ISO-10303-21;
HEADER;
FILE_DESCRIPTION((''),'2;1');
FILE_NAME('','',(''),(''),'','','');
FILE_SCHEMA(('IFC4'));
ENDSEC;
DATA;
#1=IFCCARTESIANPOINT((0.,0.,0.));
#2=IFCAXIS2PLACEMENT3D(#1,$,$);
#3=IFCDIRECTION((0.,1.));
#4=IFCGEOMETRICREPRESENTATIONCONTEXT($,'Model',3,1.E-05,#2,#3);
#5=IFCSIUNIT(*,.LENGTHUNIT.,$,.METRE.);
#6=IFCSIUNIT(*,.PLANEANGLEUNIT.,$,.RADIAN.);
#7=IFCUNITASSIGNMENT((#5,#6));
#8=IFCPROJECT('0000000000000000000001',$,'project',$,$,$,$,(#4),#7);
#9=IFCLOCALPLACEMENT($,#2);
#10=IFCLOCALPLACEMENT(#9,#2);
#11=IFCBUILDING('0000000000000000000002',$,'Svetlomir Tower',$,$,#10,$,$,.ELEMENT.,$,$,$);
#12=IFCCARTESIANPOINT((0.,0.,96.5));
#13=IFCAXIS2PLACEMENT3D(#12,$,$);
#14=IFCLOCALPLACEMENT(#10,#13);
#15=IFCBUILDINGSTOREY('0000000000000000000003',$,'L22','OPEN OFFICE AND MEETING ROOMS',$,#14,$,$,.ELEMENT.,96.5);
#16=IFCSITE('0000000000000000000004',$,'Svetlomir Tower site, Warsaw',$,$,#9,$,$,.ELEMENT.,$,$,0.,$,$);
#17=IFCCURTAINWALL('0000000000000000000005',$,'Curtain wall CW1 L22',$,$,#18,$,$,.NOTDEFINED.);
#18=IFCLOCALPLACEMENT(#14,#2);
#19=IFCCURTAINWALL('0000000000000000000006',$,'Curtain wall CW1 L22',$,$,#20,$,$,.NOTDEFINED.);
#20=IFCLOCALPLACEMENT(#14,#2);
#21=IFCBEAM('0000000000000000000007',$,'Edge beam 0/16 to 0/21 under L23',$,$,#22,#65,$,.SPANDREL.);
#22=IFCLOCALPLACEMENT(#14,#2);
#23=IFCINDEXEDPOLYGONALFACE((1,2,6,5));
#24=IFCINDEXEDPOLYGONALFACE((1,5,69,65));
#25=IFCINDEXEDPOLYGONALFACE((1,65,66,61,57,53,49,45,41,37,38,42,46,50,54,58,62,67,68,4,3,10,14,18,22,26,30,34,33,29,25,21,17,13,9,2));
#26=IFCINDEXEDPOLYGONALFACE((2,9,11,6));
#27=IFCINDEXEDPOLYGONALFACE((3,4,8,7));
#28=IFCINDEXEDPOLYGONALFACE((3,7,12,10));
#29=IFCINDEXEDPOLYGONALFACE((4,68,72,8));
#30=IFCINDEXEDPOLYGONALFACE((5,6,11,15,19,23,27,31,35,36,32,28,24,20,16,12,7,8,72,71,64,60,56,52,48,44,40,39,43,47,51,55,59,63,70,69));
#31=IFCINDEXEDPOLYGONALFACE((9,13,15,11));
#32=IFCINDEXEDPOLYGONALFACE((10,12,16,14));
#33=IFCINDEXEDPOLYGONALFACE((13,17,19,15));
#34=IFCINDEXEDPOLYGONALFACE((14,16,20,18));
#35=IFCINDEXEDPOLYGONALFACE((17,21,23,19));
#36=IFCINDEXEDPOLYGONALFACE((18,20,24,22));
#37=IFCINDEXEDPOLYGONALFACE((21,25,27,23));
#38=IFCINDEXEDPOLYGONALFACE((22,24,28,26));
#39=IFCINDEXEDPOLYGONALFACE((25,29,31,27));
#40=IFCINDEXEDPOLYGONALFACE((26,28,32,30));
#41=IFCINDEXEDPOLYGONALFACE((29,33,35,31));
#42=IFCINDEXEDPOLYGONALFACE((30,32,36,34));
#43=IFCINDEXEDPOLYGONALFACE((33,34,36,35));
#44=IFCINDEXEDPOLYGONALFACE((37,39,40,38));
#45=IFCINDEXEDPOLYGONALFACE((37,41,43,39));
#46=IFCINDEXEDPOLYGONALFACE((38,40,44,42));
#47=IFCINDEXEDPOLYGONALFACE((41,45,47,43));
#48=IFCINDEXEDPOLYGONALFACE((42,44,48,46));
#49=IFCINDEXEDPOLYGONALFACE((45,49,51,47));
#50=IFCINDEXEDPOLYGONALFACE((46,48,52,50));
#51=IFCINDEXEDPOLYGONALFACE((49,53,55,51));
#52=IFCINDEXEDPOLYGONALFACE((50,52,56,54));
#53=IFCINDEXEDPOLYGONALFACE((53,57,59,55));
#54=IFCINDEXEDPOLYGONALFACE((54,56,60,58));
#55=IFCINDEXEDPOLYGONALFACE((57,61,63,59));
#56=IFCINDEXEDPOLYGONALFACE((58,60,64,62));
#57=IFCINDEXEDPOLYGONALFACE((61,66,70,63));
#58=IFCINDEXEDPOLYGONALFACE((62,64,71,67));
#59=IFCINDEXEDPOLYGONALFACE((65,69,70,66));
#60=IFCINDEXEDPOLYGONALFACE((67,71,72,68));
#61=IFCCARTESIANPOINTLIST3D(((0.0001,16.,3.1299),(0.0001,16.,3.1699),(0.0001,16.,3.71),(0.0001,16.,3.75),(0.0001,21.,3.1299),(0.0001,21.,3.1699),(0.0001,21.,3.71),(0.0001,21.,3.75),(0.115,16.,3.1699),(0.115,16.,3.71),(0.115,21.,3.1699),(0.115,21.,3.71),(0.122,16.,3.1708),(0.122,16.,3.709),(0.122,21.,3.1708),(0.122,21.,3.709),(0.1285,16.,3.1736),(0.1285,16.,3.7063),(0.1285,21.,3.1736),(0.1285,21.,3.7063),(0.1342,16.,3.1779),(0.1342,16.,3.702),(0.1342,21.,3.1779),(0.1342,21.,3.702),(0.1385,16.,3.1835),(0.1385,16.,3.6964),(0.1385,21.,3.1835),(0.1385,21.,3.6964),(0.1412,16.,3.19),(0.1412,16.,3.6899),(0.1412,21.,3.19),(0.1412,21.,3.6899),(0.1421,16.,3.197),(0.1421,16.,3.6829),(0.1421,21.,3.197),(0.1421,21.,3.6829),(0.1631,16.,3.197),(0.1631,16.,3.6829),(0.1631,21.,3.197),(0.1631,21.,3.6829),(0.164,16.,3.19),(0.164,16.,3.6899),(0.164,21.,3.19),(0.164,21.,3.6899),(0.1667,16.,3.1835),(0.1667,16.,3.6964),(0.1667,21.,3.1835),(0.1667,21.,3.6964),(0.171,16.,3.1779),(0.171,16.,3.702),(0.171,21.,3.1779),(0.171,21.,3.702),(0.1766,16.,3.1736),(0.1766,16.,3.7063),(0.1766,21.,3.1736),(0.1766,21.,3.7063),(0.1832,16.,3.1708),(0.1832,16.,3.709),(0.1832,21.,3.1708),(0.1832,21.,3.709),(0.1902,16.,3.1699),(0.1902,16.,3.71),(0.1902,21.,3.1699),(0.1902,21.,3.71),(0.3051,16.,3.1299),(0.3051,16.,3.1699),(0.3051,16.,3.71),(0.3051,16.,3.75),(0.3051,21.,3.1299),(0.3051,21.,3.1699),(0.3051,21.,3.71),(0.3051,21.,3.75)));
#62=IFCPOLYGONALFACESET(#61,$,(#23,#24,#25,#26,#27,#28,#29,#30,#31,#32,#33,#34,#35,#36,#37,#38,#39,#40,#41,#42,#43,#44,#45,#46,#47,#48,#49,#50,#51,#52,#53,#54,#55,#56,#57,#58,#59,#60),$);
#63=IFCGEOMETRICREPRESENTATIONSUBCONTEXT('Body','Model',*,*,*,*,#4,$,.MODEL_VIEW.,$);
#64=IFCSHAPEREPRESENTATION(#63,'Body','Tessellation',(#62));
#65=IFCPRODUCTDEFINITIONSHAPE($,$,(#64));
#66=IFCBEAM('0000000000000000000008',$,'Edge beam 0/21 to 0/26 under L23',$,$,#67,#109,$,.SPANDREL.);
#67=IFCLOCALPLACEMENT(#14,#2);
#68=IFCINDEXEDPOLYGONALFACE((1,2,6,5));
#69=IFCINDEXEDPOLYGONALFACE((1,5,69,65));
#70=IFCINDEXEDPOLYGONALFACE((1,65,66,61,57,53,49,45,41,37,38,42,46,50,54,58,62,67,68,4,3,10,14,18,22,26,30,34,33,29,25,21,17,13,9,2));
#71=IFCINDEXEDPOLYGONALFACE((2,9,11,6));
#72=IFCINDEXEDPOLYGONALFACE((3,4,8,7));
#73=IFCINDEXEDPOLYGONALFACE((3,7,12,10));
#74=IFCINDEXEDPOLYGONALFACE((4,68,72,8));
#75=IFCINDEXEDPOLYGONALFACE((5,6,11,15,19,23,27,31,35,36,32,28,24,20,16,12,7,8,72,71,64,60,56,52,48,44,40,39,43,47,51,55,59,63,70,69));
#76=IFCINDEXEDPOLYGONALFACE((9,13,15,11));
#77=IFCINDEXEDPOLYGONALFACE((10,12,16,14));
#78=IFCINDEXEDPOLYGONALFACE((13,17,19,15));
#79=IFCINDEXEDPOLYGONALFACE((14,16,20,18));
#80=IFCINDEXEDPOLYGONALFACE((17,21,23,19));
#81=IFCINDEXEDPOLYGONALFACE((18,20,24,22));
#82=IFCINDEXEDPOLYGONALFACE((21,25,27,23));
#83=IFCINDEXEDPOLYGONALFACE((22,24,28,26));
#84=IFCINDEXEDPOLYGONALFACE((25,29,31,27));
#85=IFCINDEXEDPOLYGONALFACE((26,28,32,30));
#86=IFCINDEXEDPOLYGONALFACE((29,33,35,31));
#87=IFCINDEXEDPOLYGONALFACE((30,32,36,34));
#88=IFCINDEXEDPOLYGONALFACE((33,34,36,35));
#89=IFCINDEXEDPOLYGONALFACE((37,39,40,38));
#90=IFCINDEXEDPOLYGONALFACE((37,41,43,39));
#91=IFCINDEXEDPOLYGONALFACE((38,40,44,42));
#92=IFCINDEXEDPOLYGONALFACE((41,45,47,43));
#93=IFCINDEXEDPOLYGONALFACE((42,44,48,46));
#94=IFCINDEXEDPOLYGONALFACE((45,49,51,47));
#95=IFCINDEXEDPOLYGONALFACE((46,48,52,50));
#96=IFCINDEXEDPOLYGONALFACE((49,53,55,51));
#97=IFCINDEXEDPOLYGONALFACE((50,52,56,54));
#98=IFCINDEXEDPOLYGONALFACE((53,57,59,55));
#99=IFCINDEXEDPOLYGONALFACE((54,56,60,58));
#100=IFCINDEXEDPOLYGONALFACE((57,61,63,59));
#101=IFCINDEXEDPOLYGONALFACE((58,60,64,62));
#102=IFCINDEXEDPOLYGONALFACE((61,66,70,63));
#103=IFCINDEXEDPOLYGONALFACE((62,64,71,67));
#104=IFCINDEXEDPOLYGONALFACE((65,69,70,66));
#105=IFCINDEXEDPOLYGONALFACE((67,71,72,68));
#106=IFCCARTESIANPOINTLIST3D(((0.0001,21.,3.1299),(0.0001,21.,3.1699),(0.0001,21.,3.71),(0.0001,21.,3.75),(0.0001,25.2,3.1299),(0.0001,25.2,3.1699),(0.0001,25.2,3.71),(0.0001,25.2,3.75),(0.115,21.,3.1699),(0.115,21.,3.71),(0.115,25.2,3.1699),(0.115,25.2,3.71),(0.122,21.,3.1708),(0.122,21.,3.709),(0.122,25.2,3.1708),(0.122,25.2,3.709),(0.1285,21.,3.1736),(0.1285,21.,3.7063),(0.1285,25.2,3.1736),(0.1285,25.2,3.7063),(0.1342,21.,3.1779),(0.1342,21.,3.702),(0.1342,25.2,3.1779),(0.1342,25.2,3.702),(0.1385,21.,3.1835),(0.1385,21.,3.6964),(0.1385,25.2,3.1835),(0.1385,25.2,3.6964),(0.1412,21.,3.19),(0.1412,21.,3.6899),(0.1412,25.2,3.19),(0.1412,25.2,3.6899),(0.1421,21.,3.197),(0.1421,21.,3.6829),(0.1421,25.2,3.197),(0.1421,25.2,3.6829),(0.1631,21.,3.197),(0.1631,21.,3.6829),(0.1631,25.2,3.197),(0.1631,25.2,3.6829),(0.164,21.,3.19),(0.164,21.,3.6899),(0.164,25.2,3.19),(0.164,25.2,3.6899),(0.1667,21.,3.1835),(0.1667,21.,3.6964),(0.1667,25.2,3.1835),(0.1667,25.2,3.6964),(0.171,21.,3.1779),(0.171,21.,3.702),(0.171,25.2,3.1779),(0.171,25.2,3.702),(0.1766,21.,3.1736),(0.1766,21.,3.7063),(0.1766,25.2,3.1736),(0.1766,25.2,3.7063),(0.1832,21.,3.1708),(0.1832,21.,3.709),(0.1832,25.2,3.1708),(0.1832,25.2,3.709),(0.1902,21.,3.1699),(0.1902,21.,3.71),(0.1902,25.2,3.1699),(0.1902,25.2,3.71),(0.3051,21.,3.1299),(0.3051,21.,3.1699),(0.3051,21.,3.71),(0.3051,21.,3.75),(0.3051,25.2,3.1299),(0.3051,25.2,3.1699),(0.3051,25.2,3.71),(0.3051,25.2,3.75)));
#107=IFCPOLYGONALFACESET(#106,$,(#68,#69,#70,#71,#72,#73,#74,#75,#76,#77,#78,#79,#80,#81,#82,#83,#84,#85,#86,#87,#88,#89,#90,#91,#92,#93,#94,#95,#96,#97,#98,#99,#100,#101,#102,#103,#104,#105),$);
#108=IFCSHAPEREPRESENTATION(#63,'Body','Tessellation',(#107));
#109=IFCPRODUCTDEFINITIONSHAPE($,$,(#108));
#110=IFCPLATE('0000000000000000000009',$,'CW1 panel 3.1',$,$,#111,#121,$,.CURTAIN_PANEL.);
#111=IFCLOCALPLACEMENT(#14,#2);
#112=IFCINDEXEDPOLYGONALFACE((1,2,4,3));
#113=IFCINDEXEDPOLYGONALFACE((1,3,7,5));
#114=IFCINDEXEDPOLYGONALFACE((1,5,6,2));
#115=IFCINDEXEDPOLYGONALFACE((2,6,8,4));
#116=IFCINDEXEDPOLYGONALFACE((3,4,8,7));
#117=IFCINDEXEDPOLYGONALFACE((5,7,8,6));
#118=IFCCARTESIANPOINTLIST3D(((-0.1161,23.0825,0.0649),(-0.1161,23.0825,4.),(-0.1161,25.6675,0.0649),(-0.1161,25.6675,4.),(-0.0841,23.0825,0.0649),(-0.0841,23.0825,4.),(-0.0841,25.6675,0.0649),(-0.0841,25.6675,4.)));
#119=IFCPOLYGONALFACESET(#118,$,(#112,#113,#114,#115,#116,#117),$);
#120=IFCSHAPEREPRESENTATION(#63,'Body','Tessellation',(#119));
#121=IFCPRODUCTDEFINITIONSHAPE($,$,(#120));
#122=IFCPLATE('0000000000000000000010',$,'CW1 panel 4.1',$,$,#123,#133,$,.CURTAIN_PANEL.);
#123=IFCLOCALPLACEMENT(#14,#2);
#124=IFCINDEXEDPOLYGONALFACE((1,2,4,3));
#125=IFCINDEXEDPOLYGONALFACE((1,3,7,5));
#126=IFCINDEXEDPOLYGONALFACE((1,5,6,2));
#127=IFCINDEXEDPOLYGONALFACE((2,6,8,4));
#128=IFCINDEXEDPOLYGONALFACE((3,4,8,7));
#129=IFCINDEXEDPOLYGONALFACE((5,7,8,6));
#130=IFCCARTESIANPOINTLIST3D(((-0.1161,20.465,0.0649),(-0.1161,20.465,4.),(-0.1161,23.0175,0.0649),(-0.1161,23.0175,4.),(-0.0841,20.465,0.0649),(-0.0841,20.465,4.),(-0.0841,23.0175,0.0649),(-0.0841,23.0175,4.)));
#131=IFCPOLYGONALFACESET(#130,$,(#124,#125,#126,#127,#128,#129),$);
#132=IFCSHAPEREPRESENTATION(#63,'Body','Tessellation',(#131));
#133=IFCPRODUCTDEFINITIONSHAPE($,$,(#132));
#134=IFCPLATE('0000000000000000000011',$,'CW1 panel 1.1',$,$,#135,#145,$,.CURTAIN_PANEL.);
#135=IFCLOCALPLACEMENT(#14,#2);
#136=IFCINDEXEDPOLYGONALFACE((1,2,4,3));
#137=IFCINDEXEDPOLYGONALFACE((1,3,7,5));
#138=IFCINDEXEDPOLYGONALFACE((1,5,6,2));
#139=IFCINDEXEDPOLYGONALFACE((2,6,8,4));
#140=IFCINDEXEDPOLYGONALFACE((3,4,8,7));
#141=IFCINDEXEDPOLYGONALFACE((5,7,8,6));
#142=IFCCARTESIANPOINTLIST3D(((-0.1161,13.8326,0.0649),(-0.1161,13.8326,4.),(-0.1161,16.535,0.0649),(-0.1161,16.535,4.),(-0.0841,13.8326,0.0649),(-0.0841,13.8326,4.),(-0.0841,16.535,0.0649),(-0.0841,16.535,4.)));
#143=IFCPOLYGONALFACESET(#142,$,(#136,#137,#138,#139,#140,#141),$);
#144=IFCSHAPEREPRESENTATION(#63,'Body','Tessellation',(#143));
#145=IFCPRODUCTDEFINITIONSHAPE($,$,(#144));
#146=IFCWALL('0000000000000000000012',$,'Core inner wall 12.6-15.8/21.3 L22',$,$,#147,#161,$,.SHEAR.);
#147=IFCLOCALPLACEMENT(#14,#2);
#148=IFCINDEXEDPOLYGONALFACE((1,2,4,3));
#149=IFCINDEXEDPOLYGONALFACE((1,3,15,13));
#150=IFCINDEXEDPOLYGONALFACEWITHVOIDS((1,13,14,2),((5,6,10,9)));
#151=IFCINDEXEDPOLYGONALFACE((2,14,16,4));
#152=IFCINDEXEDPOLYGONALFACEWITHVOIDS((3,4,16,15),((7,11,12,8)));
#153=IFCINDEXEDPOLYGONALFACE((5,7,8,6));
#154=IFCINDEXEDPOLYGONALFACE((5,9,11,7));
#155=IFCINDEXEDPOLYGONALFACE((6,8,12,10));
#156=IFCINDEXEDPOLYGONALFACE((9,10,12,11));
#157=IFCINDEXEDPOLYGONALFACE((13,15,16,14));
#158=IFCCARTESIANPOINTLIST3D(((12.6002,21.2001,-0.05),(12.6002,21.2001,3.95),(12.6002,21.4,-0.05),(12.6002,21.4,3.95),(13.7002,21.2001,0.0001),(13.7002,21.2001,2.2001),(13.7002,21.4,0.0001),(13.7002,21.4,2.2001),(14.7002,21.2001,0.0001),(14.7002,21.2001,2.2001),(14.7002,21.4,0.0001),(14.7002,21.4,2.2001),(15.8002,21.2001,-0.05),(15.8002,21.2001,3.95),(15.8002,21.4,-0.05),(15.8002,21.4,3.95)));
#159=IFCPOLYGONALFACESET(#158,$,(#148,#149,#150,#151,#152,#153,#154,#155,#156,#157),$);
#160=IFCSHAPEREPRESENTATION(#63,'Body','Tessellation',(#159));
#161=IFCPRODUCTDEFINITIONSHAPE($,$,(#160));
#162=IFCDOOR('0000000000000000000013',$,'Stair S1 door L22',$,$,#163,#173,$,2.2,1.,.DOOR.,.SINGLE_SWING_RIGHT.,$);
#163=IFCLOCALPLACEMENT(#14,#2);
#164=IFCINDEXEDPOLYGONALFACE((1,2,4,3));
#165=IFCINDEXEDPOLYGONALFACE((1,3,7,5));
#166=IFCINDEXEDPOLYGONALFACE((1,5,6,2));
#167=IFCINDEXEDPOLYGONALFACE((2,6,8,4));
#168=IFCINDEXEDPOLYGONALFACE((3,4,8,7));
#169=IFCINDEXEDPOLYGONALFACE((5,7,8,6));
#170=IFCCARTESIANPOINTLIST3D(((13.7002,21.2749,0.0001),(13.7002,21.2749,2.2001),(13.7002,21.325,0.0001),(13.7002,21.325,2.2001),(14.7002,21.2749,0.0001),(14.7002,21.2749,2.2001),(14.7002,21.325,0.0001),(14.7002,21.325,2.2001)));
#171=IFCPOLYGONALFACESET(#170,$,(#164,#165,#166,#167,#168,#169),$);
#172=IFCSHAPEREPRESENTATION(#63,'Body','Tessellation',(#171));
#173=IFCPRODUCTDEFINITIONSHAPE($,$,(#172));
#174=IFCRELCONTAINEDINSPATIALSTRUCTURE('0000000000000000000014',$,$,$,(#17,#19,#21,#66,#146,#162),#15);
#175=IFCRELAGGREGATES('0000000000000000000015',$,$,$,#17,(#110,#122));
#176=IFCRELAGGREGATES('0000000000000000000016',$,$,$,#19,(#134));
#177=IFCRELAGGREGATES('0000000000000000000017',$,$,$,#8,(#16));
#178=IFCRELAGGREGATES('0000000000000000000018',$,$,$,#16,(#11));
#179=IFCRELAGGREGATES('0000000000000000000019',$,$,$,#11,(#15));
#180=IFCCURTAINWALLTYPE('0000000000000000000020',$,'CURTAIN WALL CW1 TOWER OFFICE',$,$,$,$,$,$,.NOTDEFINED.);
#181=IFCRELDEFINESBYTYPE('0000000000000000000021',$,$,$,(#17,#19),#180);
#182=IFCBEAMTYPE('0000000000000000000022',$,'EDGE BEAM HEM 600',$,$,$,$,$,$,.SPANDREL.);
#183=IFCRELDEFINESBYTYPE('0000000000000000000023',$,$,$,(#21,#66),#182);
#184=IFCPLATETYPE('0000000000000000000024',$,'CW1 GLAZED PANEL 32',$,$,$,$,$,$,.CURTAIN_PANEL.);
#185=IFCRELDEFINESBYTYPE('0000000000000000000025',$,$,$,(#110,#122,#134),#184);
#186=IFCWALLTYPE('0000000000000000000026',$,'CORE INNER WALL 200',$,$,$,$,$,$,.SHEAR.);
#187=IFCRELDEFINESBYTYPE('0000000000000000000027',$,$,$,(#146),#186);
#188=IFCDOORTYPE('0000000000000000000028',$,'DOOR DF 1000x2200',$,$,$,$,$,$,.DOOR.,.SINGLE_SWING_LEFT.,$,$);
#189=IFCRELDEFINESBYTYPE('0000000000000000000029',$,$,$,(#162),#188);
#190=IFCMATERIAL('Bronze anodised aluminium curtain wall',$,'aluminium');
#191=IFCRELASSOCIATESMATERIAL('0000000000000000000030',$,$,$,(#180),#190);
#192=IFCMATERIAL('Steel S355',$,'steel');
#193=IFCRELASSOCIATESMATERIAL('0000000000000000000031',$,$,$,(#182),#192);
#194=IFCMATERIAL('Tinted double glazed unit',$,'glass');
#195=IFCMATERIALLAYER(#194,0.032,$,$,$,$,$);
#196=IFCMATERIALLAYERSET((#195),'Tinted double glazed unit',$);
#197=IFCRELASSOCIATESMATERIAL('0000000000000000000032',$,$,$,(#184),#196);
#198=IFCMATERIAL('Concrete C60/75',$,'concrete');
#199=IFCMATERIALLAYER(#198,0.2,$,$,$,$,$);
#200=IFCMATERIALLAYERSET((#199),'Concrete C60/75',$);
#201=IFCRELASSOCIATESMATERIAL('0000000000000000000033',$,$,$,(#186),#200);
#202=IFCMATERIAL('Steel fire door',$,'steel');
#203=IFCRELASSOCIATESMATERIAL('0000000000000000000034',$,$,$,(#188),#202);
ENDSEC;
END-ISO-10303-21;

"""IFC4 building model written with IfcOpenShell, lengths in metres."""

from ifc_helpers import new_model, si_unit, direction, frame, frame_2d, origin, origin_2d, place, context, subcontext, project, spatial, rectangle, i_section, extrude, material, layer, layer_set, material_profile, profile_set, type_object, element, fill, aggregate, save


model = new_model("IFC4")

# Units and contexts
model_context = context("Model", 3, precision=1e-05, world=origin(), true_north=direction((0.0, 1.0)))
body_context = subcontext(model_context, "Body", "Model", "MODEL_VIEW")
ifc_project = project(units=[si_unit("LENGTHUNIT", "METRE"), si_unit("PLANEANGLEUNIT", "RADIAN")], contexts=[model_context])

# Site, building, storey
site_placement = place(None, origin())
site = spatial("IfcSite", under=ifc_project, at=site_placement, Name="Svetlomir Tower site, Warsaw", CompositionType="ELEMENT", RefElevation=0.0)
building_placement = place(site_placement, origin())
building = spatial("IfcBuilding", under=site, at=building_placement, Name="Svetlomir Tower", CompositionType="ELEMENT")
storey_placement = place(building_placement, frame((0.0, 0.0, 96.5)))
storey = spatial("IfcBuildingStorey", under=building, at=storey_placement, Name="L22", Description="OPEN OFFICE AND MEETING ROOMS", CompositionType="ELEMENT", Elevation=96.5)

# Curtain walls
ifc_material_1 = material(Name="Bronze anodised aluminium curtain wall", Category="aluminium")
curtain_wall_type = type_object("IfcCurtainWallType", Name="CURTAIN WALL CW1 TOWER OFFICE", PredefinedType="NOTDEFINED", material=ifc_material_1)
curtain_wall_1_placement = place(storey_placement, origin())
curtain_wall_1 = element("IfcCurtainWall", 1, at=curtain_wall_1_placement, inside=storey, type_object=curtain_wall_type, Name="Curtain wall CW1 L22", PredefinedType="NOTDEFINED")
curtain_wall_2_placement = place(storey_placement, origin())
curtain_wall_2 = element("IfcCurtainWall", 2, at=curtain_wall_2_placement, inside=storey, type_object=curtain_wall_type, Name="Curtain wall CW1 L22", PredefinedType="NOTDEFINED")

# Beams
ifc_material_2 = material(Name="Steel S355", Category="steel")
ifc_material_profile_1 = material_profile(ifc_material_2, i_section(OverallWidth=0.3049, OverallDepth=0.6201, WebThickness=0.021, FlangeThickness=0.04, FilletRadius=0.0271, at=origin_2d()), Name="HEM 600")
ifc_profile_set_1 = profile_set([ifc_material_profile_1], Name="Steel S355")
beam_type_1 = type_object("IfcBeamType", Name="EDGE BEAM HEM 600", PredefinedType="SPANDREL", material=ifc_profile_set_1)
beam_1_placement = place(storey_placement, frame((0.1526, 16.0, 3.4399), z_axis=(0.0, 1.0, 0.0), x_axis=(-1.0, 0.0, 0.0)))
element("IfcBeam", 3, at=beam_1_placement, inside=storey, type_object=beam_type_1, Name="Edge beam 0/16 to 0/21 under L23", PredefinedType="SPANDREL", context=body_context, shape_type="SweptSolid", body=[
    extrude(i_section(OverallWidth=0.3049, OverallDepth=0.6201, WebThickness=0.021, FlangeThickness=0.04, FilletRadius=0.0271, at=origin_2d()), origin(), (0.0, 0.0, 1.0), 5.0),
])
beam_2_placement = place(storey_placement, frame((0.1526, 21.0, 3.4399), z_axis=(0.0, 1.0, 0.0), x_axis=(-1.0, 0.0, 0.0)))
element("IfcBeam", 4, at=beam_2_placement, inside=storey, type_object=beam_type_1, Name="Edge beam 0/21 to 0/26 under L23", PredefinedType="SPANDREL", context=body_context, shape_type="SweptSolid", body=[
    extrude(i_section(OverallWidth=0.3049, OverallDepth=0.6201, WebThickness=0.021, FlangeThickness=0.04, FilletRadius=0.0271, at=origin_2d()), origin(), (0.0, 0.0, 1.0), 4.2),
])

# Plates
ifc_material_3 = material(Name="Tinted double glazed unit", Category="glass")
ifc_layer_1 = layer(ifc_material_3, 0.032)
ifc_layer_set_1 = layer_set([ifc_layer_1], Name="Tinted double glazed unit")
plate_type = type_object("IfcPlateType", Name="CW1 GLAZED PANEL 32", PredefinedType="CURTAIN_PANEL", material=ifc_layer_set_1)
plate_1_placement = place(storey_placement, frame((-0.1001, 24.375, 0.0649), z_axis=(0.0, 0.0, 1.0), x_axis=(0.0, -1.0, 0.0)))
plate_1 = element("IfcPlate", 5, at=plate_1_placement, type_object=plate_type, Name="CW1 panel 3.1", PredefinedType="CURTAIN_PANEL", context=body_context, shape_type="SweptSolid", body=[
    extrude(rectangle(XDim=2.585, YDim=0.032, at=origin_2d()), origin(), (0.0, 0.0, 1.0), 3.9351),
])
plate_2_placement = place(storey_placement, frame((-0.1001, 21.7412, 0.0649), z_axis=(0.0, 0.0, 1.0), x_axis=(0.0, -1.0, 0.0)))
plate_2 = element("IfcPlate", 6, at=plate_2_placement, type_object=plate_type, Name="CW1 panel 4.1", PredefinedType="CURTAIN_PANEL", context=body_context, shape_type="SweptSolid", body=[
    extrude(rectangle(XDim=2.5525, YDim=0.032, at=origin_2d()), origin(), (0.0, 0.0, 1.0), 3.9351),
])
aggregate(curtain_wall_1, [plate_1, plate_2])
plate_3_placement = place(storey_placement, frame((-0.1001, 15.1838, 0.0649), z_axis=(0.0, 0.0, 1.0), x_axis=(0.0, -1.0, 0.0)))
plate_3 = element("IfcPlate", 7, at=plate_3_placement, type_object=plate_type, Name="CW1 panel 1.1", PredefinedType="CURTAIN_PANEL", context=body_context, shape_type="SweptSolid", body=[
    extrude(rectangle(XDim=2.7024, YDim=0.032, at=origin_2d()), origin(), (0.0, 0.0, 1.0), 3.9351),
])
aggregate(curtain_wall_2, [plate_3])

# Wall, opening, door
ifc_material_4 = material(Name="Concrete C60/75", Category="concrete")
ifc_layer_2 = layer(ifc_material_4, 0.2)
ifc_layer_set_2 = layer_set([ifc_layer_2], Name="Concrete C60/75")
wall_type_1 = type_object("IfcWallType", Name="CORE INNER WALL 200", PredefinedType="SHEAR", material=ifc_layer_set_2)
wall_1_placement = place(storey_placement, frame((12.6001, 21.3, -0.05), z_axis=(0.0, 0.0, 1.0), x_axis=(1.0, 0.0, 0.0)))
wall_1 = element("IfcWall", 8, at=wall_1_placement, inside=storey, type_object=wall_type_1, Name="Core inner wall 12.6-15.8/21.3 L22", PredefinedType="SHEAR", context=body_context, shape_type="SweptSolid", body=[
    extrude(rectangle(XDim=3.2, YDim=0.2, at=frame_2d((1.6001, 0.0))), origin(), (0.0, 0.0, 1.0), 4.0),
])
opening_1_placement = place(wall_1_placement, frame((1.1001, 0.0, 0.05)))
opening_1 = element("IfcOpeningElement", 9, at=opening_1_placement, cuts=wall_1, PredefinedType="OPENING", context=body_context, shape_type="SweptSolid", body=[
    extrude(rectangle(XDim=1.0, YDim=2.2, at=frame_2d((0.5, 1.1001))), frame((0.0, 0.1099, 0.0), z_axis=(0.0, -1.0, 0.0), x_axis=(1.0, 0.0, 0.0)), (0.0, 0.0, 1.0), 0.22),
])
ifc_material_5 = material(Name="Steel fire door", Category="steel")
door_type_1 = type_object("IfcDoorType", Name="DOOR DF 1000x2200", OperationType="SINGLE_SWING_LEFT", PredefinedType="DOOR", material=ifc_material_5)
door_1_placement = place(opening_1_placement, origin())
door_1 = element("IfcDoor", 10, at=door_1_placement, inside=storey, type_object=door_type_1, Name="Stair S1 door L22", OperationType="SINGLE_SWING_RIGHT", OverallHeight=2.2, OverallWidth=1.0, PredefinedType="DOOR", context=body_context, shape_type="SweptSolid", body=[
    extrude(rectangle(XDim=1.0, YDim=2.2, at=frame_2d((0.5, 1.1001))), frame((0.0, 0.0249, 0.0), z_axis=(0.0, -1.0, 0.0), x_axis=(1.0, 0.0, 0.0)), (0.0, 0.0, 1.0), 0.05),
])
fill(opening_1, door_1)

save(model, "model.ifc")
